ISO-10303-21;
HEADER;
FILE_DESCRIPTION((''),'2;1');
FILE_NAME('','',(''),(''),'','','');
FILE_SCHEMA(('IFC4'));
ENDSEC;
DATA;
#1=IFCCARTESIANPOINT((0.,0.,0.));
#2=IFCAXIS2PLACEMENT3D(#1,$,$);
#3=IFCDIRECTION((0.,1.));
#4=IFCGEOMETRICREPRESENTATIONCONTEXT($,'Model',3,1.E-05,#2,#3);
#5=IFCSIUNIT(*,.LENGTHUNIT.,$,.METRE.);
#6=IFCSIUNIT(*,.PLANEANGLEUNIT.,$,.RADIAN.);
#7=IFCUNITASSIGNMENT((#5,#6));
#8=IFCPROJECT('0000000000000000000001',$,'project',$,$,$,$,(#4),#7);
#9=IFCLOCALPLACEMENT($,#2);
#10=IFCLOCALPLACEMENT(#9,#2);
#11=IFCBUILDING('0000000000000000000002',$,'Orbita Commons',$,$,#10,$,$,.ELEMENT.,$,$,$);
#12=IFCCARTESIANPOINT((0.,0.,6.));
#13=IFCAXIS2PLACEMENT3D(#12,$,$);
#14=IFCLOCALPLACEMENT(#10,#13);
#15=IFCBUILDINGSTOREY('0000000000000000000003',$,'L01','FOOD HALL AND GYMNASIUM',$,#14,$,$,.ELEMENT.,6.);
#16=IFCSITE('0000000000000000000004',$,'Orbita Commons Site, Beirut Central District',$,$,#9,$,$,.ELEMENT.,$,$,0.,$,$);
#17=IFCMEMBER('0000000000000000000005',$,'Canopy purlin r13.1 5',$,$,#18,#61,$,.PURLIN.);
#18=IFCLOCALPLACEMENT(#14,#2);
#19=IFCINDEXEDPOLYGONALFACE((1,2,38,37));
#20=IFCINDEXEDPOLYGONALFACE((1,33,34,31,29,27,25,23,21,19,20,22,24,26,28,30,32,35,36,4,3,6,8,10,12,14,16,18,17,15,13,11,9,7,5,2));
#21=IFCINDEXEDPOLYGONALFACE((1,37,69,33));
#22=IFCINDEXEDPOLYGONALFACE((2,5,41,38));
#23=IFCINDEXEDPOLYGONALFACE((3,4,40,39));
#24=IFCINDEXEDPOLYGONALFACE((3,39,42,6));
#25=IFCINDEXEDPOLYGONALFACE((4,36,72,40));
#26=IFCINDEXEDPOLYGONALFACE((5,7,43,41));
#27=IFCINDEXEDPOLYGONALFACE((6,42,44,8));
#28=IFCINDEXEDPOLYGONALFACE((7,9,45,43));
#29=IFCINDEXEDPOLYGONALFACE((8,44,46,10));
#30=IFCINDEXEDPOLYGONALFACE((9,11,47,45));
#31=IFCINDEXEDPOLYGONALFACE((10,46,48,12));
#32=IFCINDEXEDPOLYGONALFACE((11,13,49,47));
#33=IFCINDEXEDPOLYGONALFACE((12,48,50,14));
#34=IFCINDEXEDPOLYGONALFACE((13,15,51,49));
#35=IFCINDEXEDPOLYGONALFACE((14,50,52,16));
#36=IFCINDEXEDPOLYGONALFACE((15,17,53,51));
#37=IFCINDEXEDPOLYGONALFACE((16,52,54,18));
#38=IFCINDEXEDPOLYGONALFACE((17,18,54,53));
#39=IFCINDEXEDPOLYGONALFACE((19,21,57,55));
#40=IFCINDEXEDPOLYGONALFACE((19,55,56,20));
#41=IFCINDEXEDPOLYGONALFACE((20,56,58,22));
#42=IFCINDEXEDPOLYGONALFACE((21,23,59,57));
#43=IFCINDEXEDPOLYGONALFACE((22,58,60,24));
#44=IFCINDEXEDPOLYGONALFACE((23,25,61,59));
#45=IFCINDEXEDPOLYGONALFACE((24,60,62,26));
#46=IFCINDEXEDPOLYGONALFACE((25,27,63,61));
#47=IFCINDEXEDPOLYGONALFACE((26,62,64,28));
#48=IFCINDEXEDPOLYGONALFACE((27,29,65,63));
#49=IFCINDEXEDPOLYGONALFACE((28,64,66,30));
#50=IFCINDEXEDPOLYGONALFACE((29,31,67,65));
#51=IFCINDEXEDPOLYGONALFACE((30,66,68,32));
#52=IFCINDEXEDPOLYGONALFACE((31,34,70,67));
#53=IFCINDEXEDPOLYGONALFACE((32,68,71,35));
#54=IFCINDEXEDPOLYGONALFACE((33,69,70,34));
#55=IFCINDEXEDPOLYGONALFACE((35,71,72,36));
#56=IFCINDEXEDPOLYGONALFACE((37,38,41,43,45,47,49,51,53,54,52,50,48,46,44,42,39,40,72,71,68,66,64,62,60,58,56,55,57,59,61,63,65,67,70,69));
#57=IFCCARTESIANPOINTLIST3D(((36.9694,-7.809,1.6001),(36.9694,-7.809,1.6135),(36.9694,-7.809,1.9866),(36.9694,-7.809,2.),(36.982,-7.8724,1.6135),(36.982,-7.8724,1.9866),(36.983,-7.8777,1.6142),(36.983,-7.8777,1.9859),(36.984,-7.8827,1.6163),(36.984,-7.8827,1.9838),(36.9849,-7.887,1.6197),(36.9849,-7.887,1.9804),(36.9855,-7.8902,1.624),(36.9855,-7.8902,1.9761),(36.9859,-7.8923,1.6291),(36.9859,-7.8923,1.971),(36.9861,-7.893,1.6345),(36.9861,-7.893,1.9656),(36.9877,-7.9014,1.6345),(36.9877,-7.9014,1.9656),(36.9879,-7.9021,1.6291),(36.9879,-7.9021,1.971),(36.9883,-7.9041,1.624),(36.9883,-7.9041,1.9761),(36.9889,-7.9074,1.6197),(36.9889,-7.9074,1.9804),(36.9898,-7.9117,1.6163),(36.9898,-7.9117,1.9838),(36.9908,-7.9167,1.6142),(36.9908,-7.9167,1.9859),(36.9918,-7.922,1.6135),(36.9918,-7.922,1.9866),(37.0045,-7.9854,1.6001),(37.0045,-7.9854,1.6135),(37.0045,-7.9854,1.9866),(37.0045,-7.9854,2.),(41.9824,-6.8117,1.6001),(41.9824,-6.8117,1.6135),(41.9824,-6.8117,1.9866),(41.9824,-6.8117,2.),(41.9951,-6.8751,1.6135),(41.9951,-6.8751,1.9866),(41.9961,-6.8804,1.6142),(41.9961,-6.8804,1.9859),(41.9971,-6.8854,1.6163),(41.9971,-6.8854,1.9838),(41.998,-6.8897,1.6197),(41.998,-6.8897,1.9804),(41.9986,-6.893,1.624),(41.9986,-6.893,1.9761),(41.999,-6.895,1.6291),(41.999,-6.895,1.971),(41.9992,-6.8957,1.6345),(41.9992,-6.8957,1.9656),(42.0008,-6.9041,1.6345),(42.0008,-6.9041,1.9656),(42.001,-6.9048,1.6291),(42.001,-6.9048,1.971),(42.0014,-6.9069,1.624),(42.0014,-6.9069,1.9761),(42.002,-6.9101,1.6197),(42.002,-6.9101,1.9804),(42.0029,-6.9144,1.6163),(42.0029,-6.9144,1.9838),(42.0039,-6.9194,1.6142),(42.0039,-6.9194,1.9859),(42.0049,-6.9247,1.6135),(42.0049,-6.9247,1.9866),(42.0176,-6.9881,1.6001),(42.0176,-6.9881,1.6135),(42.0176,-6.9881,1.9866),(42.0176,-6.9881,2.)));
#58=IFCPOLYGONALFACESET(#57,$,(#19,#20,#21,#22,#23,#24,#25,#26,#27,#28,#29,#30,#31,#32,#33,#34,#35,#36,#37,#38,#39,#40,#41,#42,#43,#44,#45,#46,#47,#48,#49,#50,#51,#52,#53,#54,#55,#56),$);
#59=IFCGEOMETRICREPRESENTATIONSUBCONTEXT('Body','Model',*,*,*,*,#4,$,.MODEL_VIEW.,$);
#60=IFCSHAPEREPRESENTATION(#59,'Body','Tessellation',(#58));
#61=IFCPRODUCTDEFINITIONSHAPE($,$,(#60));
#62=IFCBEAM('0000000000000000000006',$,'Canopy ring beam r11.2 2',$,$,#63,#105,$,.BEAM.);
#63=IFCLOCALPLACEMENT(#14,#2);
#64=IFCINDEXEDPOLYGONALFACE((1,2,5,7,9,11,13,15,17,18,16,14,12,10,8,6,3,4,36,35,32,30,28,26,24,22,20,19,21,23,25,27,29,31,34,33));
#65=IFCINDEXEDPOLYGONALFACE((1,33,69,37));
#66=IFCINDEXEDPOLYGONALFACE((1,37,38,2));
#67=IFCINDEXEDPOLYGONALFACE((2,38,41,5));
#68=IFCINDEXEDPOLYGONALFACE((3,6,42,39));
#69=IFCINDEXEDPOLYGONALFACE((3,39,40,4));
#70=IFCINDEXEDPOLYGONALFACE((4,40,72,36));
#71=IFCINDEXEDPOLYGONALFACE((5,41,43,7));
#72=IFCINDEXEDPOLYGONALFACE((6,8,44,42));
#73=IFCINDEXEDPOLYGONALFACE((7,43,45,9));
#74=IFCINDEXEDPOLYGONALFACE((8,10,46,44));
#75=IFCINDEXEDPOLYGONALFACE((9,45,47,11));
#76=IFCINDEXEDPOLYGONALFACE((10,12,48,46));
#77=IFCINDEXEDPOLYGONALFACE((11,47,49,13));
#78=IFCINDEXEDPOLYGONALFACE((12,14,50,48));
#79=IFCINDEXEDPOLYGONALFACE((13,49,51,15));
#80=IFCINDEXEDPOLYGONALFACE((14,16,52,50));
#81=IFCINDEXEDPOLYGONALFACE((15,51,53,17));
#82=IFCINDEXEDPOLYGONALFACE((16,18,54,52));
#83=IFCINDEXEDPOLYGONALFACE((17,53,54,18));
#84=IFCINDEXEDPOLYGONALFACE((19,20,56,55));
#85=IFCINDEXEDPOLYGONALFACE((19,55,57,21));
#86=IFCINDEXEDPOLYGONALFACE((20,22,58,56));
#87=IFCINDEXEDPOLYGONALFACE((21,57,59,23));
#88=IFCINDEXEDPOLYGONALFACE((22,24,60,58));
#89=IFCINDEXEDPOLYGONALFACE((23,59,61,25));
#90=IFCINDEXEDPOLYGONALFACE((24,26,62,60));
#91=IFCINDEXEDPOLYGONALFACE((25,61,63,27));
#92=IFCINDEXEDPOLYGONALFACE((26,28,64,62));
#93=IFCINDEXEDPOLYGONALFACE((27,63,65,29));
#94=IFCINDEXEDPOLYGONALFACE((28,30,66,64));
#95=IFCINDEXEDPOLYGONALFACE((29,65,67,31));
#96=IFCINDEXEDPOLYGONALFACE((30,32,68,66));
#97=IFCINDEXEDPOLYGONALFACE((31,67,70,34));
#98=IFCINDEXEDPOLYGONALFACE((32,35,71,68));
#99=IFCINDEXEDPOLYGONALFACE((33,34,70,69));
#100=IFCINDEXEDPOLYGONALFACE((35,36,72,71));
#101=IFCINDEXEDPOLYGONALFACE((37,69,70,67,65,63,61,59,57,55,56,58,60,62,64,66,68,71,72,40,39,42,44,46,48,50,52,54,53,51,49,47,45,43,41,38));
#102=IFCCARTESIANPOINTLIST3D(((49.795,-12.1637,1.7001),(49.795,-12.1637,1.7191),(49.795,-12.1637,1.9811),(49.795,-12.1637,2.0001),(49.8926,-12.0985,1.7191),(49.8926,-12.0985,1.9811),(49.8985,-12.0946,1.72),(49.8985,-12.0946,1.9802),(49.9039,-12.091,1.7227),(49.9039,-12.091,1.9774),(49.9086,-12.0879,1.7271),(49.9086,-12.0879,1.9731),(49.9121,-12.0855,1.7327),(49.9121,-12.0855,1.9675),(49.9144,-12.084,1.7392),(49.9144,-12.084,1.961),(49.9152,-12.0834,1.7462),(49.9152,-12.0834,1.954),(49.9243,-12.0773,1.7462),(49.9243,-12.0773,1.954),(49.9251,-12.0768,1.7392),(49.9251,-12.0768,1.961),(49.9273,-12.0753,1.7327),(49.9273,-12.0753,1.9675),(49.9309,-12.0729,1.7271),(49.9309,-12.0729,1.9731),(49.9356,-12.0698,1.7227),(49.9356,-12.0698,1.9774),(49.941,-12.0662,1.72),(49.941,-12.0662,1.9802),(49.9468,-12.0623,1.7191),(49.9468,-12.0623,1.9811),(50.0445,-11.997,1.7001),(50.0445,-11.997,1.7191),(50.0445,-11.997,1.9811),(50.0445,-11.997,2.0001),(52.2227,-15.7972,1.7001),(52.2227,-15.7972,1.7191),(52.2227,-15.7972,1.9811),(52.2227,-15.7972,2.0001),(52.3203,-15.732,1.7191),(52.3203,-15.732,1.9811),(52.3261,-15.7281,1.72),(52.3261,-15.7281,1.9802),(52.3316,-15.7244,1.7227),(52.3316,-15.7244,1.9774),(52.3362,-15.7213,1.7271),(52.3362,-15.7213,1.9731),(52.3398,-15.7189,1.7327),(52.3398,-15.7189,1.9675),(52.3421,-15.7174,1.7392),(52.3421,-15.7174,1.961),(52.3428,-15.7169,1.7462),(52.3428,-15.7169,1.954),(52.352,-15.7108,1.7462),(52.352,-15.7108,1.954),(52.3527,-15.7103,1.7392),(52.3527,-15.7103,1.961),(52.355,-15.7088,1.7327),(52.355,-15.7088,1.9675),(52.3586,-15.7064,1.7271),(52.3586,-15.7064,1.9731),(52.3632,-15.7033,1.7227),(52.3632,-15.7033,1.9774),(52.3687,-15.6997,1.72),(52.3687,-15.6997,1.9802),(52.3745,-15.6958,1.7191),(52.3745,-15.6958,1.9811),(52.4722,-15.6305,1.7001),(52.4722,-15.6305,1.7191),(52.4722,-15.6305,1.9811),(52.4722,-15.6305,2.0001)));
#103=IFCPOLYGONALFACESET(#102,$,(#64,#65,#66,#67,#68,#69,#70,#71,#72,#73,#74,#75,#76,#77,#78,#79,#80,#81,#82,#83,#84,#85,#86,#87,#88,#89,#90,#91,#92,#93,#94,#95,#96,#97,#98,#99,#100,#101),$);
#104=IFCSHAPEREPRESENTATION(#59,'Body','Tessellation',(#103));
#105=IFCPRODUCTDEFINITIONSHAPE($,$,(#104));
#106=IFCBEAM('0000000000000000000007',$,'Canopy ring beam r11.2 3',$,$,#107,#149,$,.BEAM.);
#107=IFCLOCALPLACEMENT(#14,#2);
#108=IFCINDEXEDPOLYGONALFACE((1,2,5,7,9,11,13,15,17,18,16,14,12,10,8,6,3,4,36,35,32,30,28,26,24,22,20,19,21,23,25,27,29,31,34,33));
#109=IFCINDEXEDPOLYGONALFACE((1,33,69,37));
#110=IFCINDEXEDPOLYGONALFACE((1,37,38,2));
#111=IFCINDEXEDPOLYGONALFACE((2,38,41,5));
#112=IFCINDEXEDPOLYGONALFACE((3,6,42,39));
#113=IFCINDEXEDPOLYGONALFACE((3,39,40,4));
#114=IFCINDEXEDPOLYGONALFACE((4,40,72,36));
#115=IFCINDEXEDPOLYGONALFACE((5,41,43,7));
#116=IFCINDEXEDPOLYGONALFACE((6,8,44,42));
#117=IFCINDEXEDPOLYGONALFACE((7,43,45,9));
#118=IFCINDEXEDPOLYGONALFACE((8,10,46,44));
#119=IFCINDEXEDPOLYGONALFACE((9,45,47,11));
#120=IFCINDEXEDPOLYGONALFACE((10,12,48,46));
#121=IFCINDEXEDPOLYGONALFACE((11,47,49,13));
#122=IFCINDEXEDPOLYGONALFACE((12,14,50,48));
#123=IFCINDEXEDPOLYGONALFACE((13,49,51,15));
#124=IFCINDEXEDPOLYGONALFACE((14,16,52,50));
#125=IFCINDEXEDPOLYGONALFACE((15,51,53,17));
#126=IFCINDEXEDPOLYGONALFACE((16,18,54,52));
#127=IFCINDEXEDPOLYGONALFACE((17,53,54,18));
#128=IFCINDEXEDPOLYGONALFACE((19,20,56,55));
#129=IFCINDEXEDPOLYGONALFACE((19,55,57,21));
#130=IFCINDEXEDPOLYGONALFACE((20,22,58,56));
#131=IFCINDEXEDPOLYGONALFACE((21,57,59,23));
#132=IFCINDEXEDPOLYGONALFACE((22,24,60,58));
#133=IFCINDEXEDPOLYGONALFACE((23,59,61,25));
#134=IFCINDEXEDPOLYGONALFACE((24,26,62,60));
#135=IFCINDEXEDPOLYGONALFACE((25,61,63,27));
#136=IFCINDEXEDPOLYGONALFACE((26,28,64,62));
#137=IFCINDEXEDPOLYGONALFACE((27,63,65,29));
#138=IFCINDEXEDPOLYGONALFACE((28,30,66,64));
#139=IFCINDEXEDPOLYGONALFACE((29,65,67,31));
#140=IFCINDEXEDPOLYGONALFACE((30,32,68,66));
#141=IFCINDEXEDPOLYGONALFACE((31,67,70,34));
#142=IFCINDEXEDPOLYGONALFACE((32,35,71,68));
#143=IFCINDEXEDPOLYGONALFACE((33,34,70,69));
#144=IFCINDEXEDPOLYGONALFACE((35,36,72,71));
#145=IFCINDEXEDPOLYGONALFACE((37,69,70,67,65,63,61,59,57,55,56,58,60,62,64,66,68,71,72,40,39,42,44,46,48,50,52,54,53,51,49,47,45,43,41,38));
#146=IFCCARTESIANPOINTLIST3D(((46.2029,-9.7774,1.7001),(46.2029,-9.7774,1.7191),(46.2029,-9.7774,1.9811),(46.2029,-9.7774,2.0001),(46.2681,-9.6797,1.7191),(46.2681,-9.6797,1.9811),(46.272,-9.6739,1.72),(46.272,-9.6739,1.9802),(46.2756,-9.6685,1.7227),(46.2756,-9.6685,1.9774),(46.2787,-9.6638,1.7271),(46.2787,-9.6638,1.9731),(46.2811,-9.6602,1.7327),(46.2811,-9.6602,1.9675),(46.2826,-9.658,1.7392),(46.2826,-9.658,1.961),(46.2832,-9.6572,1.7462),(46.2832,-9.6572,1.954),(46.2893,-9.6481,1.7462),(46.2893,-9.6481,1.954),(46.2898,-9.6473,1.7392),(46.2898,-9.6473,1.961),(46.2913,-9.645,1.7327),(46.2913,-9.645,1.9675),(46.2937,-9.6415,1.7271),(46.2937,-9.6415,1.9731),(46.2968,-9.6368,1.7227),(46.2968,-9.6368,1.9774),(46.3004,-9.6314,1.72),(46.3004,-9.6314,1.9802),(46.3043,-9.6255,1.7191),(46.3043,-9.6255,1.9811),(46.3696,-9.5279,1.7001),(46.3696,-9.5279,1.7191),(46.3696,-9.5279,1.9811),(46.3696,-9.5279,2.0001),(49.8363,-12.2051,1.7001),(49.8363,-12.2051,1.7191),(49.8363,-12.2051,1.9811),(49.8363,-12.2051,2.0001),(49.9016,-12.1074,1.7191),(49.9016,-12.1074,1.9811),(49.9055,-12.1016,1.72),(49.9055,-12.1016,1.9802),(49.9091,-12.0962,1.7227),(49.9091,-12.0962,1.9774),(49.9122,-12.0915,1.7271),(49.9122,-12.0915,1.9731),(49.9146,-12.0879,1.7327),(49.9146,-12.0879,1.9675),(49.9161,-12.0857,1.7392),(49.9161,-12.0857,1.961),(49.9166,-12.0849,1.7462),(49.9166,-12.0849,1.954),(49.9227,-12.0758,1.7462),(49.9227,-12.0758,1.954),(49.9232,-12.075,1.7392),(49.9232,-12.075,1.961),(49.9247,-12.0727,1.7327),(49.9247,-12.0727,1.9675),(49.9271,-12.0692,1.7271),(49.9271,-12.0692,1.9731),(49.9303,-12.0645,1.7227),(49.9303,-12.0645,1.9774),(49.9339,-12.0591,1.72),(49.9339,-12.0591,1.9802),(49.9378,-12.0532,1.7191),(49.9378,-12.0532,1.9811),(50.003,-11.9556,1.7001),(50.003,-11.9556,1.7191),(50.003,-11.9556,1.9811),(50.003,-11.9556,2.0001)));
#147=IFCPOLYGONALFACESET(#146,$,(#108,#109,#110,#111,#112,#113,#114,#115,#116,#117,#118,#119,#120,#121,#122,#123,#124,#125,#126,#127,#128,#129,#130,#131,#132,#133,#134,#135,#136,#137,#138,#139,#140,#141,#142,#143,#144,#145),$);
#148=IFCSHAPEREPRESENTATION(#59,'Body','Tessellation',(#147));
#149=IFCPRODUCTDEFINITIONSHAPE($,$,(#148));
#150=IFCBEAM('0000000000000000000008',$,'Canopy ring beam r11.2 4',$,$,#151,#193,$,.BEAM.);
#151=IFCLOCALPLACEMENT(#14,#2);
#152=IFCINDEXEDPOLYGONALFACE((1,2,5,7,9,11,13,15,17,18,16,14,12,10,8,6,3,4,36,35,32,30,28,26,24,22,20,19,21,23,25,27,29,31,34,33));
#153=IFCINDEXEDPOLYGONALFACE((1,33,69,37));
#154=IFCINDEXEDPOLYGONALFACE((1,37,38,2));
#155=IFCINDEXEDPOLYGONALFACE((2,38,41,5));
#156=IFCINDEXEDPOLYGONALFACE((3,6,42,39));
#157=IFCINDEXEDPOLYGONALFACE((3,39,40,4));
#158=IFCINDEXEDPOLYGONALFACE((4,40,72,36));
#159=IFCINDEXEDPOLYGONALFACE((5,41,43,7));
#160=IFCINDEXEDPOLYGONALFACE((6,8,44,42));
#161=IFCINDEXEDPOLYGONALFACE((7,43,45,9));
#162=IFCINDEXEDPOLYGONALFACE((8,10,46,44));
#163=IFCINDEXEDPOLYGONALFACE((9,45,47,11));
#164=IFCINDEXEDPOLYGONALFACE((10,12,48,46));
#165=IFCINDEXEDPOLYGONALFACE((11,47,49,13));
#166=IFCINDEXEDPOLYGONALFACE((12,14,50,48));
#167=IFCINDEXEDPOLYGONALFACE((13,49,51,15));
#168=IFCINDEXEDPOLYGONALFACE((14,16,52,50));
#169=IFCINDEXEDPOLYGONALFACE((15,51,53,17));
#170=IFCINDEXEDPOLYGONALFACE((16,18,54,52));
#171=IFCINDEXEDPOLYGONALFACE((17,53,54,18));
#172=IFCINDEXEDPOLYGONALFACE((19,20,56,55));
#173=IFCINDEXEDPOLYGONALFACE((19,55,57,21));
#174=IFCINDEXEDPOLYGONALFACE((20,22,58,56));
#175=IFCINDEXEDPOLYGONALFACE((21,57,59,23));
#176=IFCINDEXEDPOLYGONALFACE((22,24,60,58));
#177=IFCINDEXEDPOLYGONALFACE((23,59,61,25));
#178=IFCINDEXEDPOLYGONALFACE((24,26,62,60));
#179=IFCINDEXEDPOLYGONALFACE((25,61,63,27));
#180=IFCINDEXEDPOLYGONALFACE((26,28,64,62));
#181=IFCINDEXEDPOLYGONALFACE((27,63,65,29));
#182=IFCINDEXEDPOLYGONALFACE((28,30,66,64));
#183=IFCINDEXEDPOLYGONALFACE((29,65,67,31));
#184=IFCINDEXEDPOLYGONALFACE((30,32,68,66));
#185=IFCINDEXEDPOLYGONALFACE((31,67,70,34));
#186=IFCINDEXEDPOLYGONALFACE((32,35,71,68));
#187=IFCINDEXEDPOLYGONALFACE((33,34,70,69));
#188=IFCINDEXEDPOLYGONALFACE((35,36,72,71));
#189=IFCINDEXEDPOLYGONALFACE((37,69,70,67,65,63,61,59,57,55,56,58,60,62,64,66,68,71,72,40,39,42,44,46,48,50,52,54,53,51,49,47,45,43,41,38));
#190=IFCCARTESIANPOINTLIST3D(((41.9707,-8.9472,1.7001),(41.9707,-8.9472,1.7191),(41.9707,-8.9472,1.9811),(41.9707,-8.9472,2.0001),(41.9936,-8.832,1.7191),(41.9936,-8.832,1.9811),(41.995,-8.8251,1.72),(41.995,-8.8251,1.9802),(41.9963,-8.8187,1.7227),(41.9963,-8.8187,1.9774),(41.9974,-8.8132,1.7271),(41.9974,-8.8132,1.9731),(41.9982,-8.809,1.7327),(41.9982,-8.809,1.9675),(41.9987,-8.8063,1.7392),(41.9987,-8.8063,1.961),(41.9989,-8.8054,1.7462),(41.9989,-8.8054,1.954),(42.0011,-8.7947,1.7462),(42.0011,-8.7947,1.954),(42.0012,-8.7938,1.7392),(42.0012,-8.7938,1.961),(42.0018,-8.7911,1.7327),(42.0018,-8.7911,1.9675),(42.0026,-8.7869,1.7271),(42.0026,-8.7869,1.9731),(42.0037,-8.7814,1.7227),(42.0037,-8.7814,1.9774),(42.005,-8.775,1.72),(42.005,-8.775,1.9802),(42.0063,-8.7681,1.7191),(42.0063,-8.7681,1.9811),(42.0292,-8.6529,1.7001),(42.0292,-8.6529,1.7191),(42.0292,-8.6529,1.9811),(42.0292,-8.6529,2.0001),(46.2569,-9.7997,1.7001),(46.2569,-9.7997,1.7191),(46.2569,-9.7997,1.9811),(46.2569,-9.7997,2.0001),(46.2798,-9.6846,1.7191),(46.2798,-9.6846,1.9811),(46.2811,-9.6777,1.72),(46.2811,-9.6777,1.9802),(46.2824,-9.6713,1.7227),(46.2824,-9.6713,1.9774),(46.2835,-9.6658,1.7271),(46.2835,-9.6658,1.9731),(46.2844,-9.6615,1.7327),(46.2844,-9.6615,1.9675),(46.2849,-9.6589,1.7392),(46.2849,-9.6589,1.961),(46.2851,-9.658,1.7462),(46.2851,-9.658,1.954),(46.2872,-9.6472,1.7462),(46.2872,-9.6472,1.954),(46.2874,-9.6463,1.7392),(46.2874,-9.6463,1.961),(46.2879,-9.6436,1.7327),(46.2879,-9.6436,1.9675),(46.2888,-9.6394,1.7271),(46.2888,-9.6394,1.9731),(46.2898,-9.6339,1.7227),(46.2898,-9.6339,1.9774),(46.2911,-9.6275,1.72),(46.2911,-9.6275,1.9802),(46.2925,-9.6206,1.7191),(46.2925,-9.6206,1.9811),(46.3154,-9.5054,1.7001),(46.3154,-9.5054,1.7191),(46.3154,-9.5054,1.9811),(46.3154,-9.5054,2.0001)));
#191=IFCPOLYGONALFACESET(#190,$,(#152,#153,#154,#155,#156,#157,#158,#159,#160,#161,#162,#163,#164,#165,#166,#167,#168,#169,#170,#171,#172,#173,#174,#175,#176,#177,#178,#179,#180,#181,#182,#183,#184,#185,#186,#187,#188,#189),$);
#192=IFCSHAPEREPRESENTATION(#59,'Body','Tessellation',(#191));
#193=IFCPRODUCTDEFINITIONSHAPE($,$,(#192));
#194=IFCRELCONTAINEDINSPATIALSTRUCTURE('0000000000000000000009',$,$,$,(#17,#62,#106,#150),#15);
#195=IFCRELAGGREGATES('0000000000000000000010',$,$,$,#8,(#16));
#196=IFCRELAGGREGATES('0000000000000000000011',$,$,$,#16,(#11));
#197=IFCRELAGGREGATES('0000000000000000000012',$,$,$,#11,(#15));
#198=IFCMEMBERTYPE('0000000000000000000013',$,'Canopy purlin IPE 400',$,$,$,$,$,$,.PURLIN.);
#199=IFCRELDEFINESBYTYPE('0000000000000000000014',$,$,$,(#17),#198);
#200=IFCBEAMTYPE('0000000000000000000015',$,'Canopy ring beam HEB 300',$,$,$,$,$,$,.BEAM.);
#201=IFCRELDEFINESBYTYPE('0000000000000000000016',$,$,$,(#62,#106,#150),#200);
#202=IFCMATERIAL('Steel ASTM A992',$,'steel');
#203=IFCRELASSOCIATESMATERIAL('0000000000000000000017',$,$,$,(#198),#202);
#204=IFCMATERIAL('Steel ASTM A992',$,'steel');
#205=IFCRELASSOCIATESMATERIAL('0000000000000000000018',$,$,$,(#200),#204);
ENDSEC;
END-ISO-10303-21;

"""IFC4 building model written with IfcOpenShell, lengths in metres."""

from ifc_helpers import new_model, si_unit, direction, frame, origin, origin_2d, place, context, subcontext, project, spatial, i_section, extrude, material, material_profile, profile_set, type_object, element, save


model = new_model("IFC4")

# Units and contexts
model_context = context("Model", 3, precision=1e-05, world=origin(), true_north=direction((0.0, 1.0)))
body_context = subcontext(model_context, "Body", "Model", "MODEL_VIEW")
ifc_project = project(units=[si_unit("LENGTHUNIT", "METRE"), si_unit("PLANEANGLEUNIT", "RADIAN")], contexts=[model_context])

# Site, building, storey
site_placement = place(None, origin())
site = spatial("IfcSite", under=ifc_project, at=site_placement, Name="Orbita Commons Site, Beirut Central District", CompositionType="ELEMENT", RefElevation=0.0)
building_placement = place(site_placement, origin())
building = spatial("IfcBuilding", under=site, at=building_placement, Name="Orbita Commons", CompositionType="ELEMENT")
storey_placement = place(building_placement, frame((0.0, 0.0, 6.0)))
storey = spatial("IfcBuildingStorey", under=building, at=storey_placement, Name="L01", Description="FOOD HALL AND GYMNASIUM", CompositionType="ELEMENT", Elevation=6.0)

# Member
ifc_material_1 = material(Name="Steel ASTM A992", Category="steel")
ifc_material_profile_1 = material_profile(ifc_material_1, i_section(OverallWidth=0.1799, OverallDepth=0.3999, WebThickness=0.0085, FlangeThickness=0.0134, FilletRadius=0.021, at=origin_2d()), Name="IPE 400")
ifc_profile_set_1 = profile_set([ifc_material_profile_1], Name="Steel ASTM A992")
member_type_1 = type_object("IfcMemberType", Name="Canopy purlin IPE 400", PredefinedType="PURLIN", material=ifc_profile_set_1)
for number, where, z_axis, x_axis, name in (
    (1, (42.0, -6.8999, 1.8), (-0.98078, -0.195115, 0.0), (0.195115, -0.98078, 0.0), "Canopy purlin r13.1 5"),
):
    element("IfcMember", number, at=place(storey_placement, frame(where, z_axis=z_axis, x_axis=x_axis)), inside=storey, type_object=member_type_1, Name=name, PredefinedType="PURLIN", context=body_context, shape_type="SweptSolid", body=[
        extrude(i_section(OverallWidth=0.1799, OverallDepth=0.3999, WebThickness=0.0085, FlangeThickness=0.0134, FilletRadius=0.021, at=origin_2d()), origin(), (0.0, 0.0, 1.0), 5.1113),
    ])

# Beams
ifc_material_2 = material(Name="Steel ASTM A992", Category="steel")
ifc_material_profile_2 = material_profile(ifc_material_2, i_section(OverallWidth=0.3, OverallDepth=0.3, WebThickness=0.011, FlangeThickness=0.019, FilletRadius=0.0271, at=origin_2d()), Name="HEB 300")
ifc_profile_set_2 = profile_set([ifc_material_profile_2], Name="Steel ASTM A992")
beam_type = type_object("IfcBeamType", Name="Canopy ring beam HEB 300", PredefinedType="BEAM", material=ifc_profile_set_2)
for number, where, z_axis, x_axis, name in (
    (2, (52.3474, -15.7139, 1.8501), (-0.555551, 0.831483, 0.0), (-0.831483, -0.555551, 0.0), "Canopy ring beam r11.2 2"),
    (3, (49.9197, -12.0803, 1.8501), (-0.831483, 0.555551, 0.0), (-0.555551, -0.831483, 0.0), "Canopy ring beam r11.2 3"),
):
    element("IfcBeam", number, at=place(storey_placement, frame(where, z_axis=z_axis, x_axis=x_axis)), inside=storey, type_object=beam_type, Name=name, PredefinedType="BEAM", context=body_context, shape_type="SweptSolid", body=[
        extrude(i_section(OverallWidth=0.3, OverallDepth=0.3, WebThickness=0.011, FlangeThickness=0.019, FilletRadius=0.0271, at=origin_2d()), origin(), (0.0, 0.0, 1.0), 4.3699),
    ])
for number, where, z_axis, x_axis, name in (
    (4, (46.2861, -9.6526, 1.8501), (-0.980786, 0.195085, 0.0), (-0.195085, -0.980786, 0.0), "Canopy ring beam r11.2 4"),
):
    element("IfcBeam", number, at=place(storey_placement, frame(where, z_axis=z_axis, x_axis=x_axis)), inside=storey, type_object=beam_type, Name=name, PredefinedType="BEAM", context=body_context, shape_type="SweptSolid", body=[
        extrude(i_section(OverallWidth=0.3, OverallDepth=0.3, WebThickness=0.011, FlangeThickness=0.019, FilletRadius=0.0271, at=origin_2d()), origin(), (0.0, 0.0, 1.0), 4.3701),
    ])

save(model, "model.ifc")
